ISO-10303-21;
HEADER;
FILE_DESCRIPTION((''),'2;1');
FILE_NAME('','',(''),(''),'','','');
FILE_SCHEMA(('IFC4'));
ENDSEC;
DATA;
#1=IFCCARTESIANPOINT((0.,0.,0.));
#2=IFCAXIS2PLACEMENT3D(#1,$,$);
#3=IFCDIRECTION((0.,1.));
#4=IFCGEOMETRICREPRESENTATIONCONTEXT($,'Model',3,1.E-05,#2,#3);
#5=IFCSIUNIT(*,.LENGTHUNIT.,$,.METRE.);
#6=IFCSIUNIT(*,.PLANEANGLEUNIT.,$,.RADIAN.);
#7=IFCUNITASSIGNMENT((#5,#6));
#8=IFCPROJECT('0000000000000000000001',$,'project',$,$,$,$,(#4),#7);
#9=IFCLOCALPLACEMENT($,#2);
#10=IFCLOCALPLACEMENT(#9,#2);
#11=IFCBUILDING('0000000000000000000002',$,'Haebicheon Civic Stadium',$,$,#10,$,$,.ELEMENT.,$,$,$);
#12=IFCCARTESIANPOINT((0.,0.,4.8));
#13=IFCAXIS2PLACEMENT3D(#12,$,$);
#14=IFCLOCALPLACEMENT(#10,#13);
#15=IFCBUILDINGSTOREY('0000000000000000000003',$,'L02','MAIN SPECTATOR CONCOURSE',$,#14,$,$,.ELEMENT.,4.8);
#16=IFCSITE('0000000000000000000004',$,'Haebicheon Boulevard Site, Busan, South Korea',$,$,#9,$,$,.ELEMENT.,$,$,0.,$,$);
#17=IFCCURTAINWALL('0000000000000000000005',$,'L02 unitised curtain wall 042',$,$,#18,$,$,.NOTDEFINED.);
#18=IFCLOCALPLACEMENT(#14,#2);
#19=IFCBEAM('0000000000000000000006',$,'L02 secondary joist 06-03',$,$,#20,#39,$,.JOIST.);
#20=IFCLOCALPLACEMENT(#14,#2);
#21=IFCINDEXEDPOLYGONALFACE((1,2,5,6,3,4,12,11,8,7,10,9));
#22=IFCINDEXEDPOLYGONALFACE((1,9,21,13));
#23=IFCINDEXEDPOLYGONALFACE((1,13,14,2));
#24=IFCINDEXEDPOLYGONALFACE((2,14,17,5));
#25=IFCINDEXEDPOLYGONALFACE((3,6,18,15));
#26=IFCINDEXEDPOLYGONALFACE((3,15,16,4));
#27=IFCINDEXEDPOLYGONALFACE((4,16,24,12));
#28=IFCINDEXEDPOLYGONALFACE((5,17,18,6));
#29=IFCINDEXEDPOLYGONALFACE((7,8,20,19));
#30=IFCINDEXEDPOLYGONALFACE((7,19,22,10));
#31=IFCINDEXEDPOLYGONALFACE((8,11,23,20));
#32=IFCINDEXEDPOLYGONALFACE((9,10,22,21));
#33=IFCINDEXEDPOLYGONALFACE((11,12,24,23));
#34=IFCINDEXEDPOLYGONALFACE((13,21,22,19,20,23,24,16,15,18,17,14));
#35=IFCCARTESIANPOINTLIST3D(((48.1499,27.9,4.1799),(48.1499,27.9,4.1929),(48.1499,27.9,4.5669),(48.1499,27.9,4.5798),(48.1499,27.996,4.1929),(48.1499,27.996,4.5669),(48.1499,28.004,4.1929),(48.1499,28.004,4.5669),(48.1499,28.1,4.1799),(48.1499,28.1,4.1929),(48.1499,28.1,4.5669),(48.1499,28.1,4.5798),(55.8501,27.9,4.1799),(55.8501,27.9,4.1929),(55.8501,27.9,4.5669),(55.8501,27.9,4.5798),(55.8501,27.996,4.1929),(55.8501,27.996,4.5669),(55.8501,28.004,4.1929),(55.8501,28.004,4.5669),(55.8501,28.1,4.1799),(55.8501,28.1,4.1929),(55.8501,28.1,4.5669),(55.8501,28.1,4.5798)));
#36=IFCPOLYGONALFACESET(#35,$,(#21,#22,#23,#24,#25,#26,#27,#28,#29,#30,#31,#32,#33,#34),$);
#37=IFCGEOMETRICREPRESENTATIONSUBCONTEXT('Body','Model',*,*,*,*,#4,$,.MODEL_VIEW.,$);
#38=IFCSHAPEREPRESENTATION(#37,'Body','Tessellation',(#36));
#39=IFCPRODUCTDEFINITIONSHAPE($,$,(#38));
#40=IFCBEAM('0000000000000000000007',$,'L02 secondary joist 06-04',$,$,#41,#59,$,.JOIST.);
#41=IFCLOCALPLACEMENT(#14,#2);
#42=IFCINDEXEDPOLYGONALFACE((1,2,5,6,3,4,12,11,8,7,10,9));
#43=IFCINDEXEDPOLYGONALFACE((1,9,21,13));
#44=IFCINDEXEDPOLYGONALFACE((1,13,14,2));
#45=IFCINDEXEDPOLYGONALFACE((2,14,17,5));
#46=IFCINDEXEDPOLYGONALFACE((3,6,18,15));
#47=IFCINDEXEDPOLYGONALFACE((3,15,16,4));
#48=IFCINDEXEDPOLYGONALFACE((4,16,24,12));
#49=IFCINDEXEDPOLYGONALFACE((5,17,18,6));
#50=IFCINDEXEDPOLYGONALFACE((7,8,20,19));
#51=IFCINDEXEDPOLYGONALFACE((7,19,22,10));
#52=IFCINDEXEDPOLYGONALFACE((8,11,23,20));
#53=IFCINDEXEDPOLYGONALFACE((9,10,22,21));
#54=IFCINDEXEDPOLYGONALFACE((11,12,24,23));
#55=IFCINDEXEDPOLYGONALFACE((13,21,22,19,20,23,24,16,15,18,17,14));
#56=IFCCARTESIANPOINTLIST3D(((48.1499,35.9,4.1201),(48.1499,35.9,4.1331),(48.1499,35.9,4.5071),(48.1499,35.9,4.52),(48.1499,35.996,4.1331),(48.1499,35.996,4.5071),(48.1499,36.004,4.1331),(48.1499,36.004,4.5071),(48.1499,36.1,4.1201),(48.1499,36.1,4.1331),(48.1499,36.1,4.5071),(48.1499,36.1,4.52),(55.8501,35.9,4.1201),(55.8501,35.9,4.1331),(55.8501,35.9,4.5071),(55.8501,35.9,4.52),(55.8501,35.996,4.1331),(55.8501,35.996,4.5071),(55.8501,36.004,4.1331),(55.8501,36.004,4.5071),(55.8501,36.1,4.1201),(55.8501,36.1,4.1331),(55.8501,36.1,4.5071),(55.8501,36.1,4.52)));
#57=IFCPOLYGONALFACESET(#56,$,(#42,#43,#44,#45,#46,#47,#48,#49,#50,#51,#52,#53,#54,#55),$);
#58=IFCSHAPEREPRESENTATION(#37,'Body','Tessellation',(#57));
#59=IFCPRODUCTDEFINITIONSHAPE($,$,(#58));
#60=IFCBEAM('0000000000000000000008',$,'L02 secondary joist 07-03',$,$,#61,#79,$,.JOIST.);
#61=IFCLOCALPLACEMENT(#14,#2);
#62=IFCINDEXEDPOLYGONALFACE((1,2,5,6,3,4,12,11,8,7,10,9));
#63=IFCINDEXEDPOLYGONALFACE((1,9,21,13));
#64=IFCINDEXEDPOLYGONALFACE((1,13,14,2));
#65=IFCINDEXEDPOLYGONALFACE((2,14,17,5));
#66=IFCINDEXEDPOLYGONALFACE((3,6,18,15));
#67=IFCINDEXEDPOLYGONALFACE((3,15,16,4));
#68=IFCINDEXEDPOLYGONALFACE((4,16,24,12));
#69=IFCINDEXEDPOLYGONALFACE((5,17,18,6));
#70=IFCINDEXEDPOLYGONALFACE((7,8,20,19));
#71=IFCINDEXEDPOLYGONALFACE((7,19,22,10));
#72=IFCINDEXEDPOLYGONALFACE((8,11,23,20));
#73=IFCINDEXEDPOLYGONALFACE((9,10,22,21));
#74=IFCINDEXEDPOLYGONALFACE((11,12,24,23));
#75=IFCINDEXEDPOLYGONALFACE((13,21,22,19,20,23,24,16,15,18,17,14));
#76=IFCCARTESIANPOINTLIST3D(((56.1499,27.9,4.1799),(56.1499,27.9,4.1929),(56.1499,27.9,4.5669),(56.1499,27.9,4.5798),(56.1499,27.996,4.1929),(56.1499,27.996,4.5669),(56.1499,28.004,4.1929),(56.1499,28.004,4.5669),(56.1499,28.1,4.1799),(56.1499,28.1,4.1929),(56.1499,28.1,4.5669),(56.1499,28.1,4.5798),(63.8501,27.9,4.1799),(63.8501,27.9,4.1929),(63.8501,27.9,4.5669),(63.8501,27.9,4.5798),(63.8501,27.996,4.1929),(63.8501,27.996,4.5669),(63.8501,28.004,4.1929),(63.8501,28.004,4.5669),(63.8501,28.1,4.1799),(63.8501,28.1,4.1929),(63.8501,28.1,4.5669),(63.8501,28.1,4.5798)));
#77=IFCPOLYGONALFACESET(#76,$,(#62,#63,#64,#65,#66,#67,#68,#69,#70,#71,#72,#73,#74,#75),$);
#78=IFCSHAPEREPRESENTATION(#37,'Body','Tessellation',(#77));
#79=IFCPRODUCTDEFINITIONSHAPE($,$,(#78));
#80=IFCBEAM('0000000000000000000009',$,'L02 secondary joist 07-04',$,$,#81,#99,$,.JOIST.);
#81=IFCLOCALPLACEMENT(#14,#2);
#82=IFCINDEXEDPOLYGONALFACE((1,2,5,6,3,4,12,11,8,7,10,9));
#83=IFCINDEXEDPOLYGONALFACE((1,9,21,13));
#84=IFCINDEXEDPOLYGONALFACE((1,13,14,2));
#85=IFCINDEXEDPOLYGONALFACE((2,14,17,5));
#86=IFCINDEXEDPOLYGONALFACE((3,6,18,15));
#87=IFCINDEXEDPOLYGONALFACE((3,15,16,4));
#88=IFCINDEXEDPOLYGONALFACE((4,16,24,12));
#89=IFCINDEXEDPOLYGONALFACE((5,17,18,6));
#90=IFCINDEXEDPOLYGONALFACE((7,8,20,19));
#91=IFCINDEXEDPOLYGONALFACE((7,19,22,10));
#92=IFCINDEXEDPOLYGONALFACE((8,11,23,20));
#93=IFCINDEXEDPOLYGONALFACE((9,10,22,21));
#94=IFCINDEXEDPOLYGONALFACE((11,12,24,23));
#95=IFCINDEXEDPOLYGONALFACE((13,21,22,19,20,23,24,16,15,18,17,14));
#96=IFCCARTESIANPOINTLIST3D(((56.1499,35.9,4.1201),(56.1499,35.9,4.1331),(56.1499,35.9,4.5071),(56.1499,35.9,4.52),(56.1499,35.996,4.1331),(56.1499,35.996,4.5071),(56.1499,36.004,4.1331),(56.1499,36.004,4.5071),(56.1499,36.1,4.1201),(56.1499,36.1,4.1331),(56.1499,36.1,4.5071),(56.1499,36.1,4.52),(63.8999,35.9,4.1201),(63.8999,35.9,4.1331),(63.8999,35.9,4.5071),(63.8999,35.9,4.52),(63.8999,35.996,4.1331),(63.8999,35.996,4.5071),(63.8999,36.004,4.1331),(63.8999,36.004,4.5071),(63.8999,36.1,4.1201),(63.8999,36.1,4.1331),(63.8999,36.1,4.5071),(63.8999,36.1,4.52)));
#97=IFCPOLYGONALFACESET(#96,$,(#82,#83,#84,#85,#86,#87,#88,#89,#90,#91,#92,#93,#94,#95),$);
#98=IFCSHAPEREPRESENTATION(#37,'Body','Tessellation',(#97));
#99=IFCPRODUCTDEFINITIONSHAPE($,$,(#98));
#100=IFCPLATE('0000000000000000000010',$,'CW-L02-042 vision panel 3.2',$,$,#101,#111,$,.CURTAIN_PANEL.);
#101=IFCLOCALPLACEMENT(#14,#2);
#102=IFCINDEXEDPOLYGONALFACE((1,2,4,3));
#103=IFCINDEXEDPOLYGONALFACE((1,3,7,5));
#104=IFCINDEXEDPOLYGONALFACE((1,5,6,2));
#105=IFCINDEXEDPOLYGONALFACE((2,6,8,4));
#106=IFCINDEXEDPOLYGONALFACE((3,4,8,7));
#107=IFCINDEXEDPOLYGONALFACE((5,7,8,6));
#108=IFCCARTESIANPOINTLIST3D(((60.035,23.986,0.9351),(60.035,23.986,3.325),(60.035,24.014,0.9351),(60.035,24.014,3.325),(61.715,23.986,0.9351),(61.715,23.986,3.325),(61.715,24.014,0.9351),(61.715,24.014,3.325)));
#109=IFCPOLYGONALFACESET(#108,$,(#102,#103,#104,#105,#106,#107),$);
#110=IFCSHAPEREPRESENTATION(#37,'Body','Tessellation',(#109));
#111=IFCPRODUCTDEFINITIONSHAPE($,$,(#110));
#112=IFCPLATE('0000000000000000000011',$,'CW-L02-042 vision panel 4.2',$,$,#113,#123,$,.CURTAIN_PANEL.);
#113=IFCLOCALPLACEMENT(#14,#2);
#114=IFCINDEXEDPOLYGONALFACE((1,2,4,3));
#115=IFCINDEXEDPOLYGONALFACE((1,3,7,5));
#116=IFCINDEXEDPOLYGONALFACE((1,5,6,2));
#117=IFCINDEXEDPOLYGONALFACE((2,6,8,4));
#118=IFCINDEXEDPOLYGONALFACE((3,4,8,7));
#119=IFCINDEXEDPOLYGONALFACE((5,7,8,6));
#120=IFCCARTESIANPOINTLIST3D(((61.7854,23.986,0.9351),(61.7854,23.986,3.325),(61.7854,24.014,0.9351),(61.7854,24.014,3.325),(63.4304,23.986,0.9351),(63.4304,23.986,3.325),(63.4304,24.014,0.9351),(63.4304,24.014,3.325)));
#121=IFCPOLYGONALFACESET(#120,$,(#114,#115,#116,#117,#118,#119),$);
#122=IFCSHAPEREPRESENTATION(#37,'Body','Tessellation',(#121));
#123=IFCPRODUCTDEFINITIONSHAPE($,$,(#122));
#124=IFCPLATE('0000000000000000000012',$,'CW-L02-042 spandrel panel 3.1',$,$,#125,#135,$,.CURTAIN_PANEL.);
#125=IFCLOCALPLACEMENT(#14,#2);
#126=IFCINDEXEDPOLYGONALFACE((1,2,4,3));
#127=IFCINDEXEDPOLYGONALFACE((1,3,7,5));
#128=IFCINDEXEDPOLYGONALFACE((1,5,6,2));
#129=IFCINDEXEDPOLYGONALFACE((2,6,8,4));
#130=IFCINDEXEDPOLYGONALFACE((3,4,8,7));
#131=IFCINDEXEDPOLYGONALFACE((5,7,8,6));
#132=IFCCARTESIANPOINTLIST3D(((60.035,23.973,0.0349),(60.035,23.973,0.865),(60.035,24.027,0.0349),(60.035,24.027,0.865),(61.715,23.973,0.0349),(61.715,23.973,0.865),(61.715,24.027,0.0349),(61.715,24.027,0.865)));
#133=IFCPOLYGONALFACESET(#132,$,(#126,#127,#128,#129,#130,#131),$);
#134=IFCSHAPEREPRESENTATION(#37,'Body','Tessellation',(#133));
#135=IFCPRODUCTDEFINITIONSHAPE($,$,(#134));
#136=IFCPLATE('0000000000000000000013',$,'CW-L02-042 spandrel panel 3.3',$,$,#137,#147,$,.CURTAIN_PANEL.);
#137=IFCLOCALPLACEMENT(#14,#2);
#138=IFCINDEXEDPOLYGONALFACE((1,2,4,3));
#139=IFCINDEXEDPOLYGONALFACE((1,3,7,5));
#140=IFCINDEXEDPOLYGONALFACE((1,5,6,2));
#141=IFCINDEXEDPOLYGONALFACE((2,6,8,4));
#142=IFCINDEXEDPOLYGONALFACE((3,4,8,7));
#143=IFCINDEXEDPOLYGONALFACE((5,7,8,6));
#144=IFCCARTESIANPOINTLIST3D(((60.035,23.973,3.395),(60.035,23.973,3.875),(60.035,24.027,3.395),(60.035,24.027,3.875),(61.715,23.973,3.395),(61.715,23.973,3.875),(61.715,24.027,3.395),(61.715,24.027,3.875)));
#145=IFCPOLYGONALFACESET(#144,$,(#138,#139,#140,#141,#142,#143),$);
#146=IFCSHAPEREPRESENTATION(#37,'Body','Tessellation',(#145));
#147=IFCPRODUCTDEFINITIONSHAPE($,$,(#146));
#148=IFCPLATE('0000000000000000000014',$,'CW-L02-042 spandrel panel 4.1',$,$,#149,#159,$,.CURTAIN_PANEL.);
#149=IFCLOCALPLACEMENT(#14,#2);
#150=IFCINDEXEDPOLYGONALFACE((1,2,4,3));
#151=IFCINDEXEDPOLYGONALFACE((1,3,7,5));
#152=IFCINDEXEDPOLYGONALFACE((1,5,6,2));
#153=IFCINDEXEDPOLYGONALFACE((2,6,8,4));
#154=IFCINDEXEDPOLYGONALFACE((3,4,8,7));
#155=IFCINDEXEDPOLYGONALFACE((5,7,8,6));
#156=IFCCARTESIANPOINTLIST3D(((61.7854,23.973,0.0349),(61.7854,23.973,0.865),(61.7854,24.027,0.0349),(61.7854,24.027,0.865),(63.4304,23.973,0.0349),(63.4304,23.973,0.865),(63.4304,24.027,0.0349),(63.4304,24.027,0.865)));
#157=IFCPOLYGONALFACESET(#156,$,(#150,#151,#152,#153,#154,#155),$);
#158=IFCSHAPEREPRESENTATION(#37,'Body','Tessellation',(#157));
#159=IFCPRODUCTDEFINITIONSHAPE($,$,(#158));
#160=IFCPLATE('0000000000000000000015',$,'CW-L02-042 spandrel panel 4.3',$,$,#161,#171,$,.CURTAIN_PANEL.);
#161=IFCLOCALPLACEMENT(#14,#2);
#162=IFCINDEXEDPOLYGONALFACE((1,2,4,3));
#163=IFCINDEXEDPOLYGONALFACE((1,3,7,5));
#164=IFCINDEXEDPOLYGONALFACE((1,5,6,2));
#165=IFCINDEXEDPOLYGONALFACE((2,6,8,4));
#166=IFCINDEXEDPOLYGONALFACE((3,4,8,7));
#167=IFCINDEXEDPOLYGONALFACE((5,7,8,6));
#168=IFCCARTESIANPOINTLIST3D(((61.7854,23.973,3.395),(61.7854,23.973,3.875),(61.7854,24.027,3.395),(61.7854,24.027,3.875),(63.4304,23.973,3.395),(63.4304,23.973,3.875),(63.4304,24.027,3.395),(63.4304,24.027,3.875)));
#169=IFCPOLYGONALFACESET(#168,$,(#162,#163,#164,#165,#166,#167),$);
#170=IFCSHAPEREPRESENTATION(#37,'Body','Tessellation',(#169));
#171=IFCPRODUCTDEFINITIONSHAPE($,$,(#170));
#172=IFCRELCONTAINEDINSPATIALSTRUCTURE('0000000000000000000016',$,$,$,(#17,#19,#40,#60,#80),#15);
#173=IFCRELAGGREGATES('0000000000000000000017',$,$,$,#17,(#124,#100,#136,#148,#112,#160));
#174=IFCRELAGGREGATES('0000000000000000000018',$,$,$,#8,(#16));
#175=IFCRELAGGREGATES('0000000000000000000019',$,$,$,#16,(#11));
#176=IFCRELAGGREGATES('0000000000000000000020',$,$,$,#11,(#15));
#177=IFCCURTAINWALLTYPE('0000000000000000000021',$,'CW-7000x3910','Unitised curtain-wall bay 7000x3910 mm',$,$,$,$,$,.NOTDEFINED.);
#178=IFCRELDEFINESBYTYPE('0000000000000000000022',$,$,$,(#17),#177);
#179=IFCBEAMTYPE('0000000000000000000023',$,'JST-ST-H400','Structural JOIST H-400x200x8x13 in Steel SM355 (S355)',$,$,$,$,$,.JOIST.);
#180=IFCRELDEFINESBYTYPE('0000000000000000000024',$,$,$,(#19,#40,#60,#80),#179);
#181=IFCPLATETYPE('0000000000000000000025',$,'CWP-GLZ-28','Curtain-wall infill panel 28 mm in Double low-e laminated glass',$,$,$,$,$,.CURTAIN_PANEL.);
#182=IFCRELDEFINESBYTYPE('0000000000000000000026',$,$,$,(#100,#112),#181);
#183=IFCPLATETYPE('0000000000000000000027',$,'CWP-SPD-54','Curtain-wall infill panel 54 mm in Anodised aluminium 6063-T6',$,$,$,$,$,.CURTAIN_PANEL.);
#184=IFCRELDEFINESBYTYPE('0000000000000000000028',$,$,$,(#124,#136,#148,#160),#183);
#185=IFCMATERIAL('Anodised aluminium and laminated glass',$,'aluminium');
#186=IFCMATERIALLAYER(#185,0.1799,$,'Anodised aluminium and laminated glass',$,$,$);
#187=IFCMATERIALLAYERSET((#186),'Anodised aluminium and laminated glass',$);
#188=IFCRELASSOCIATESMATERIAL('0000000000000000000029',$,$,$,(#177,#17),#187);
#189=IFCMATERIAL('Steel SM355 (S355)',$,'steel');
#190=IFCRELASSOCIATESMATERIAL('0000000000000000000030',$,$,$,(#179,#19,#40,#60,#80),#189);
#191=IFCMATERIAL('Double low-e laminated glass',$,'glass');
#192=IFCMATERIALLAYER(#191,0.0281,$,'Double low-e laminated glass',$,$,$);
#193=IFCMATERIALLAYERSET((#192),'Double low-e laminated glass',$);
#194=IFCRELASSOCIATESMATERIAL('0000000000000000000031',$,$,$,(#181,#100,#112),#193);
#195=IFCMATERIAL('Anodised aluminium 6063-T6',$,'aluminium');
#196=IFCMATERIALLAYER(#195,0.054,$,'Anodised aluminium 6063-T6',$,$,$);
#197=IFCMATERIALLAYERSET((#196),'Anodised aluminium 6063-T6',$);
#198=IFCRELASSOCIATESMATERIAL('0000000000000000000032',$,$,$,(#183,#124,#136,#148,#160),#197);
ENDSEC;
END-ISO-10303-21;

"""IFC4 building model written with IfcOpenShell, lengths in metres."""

from ifc_helpers import new_model, si_unit, direction, frame, origin, origin_2d, place, context, subcontext, project, spatial, rectangle, i_section, extrude, material, layer, layer_set, material_profile, profile_set, type_object, element, aggregate, save


model = new_model("IFC4")

# Units and contexts
model_context = context("Model", 3, precision=1e-05, world=origin(), true_north=direction((0.0, 1.0)))
body_context = subcontext(model_context, "Body", "Model", "MODEL_VIEW")
ifc_project = project(units=[si_unit("LENGTHUNIT", "METRE"), si_unit("PLANEANGLEUNIT", "RADIAN")], contexts=[model_context])

# Site, building, storey
site_placement = place(None, origin())
site = spatial("IfcSite", under=ifc_project, at=site_placement, Name="Haebicheon Boulevard Site, Busan, South Korea", CompositionType="ELEMENT", RefElevation=0.0)
building_placement = place(site_placement, origin())
building = spatial("IfcBuilding", under=site, at=building_placement, Name="Haebicheon Civic Stadium", CompositionType="ELEMENT")
storey_placement = place(building_placement, frame((0.0, 0.0, 4.8)))
storey = spatial("IfcBuildingStorey", under=building, at=storey_placement, Name="L02", Description="MAIN SPECTATOR CONCOURSE", CompositionType="ELEMENT", Elevation=4.8)

# Curtain wall
ifc_material_1 = material(Name="Anodised aluminium and laminated glass", Category="aluminium")
ifc_layer_1 = layer(ifc_material_1, 0.1799, Name="Anodised aluminium and laminated glass")
ifc_layer_set_1 = layer_set([ifc_layer_1], Name="Anodised aluminium and laminated glass")
curtain_wall_type = type_object("IfcCurtainWallType", Name="CW-7000x3910", Description="Unitised curtain-wall bay 7000x3910 mm", PredefinedType="NOTDEFINED", material=ifc_layer_set_1)
curtain_wall_placement = place(storey_placement, origin())
curtain_wall = element("IfcCurtainWall", 1, at=curtain_wall_placement, inside=storey, type_object=curtain_wall_type, material=ifc_layer_set_1, Name="L02 unitised curtain wall 042", PredefinedType="NOTDEFINED")

# Beams
ifc_material_2 = material(Name="Steel SM355 (S355)", Category="steel")
ifc_material_profile_1 = material_profile(ifc_material_2, i_section(OverallWidth=0.2, OverallDepth=0.3999, WebThickness=0.0081, FlangeThickness=0.0129, at=origin_2d()), Name="H-400x200x8x13")
ifc_profile_set_1 = profile_set([ifc_material_profile_1], Name="Steel SM355 (S355)")
beam_type_1 = type_object("IfcBeamType", Name="JST-ST-H400", Description="Structural JOIST H-400x200x8x13 in Steel SM355 (S355)", PredefinedType="JOIST", material=ifc_profile_set_1)
for number, where, z_axis, x_axis, name in (
    (2, (48.1499, 28.0, 4.3799), (1.0, 0.0, 0.0), (0.0, 1.0, 0.0), "L02 secondary joist 06-03"),
    (3, (48.1499, 36.0, 4.3201), (1.0, 0.0, 0.0), (0.0, 1.0, 0.0), "L02 secondary joist 06-04"),
    (4, (56.1499, 28.0, 4.3799), (1.0, 0.0, 0.0), (0.0, 1.0, 0.0), "L02 secondary joist 07-03"),
):
    element("IfcBeam", number, at=place(storey_placement, frame(where, z_axis=z_axis, x_axis=x_axis)), inside=storey, type_object=beam_type_1, material=ifc_profile_set_1, Name=name, PredefinedType="JOIST", context=body_context, shape_type="SweptSolid", body=[
        extrude(i_section(OverallWidth=0.2, OverallDepth=0.3999, WebThickness=0.0081, FlangeThickness=0.0129, at=origin_2d()), origin(), (0.0, 0.0, 1.0), 7.7002),
    ])
beam_placement = place(storey_placement, frame((56.1499, 36.0, 4.3201), z_axis=(1.0, 0.0, 0.0), x_axis=(0.0, 1.0, 0.0)))
element("IfcBeam", 5, at=beam_placement, inside=storey, type_object=beam_type_1, material=ifc_profile_set_1, Name="L02 secondary joist 07-04", PredefinedType="JOIST", context=body_context, shape_type="SweptSolid", body=[
    extrude(i_section(OverallWidth=0.2, OverallDepth=0.3999, WebThickness=0.0081, FlangeThickness=0.0129, at=origin_2d()), origin(), (0.0, 0.0, 1.0), 7.75),
])

# Plates
ifc_material_3 = material(Name="Double low-e laminated glass", Category="glass")
ifc_layer_2 = layer(ifc_material_3, 0.0281, Name="Double low-e laminated glass")
ifc_layer_set_2 = layer_set([ifc_layer_2], Name="Double low-e laminated glass")
plate_type_1 = type_object("IfcPlateType", Name="CWP-GLZ-28", Description="Curtain-wall infill panel 28 mm in Double low-e laminated glass", PredefinedType="CURTAIN_PANEL", material=ifc_layer_set_2)
plate_1_placement = place(storey_placement, frame((60.875, 24.0, 0.9351), z_axis=(0.0, 0.0, 1.0), x_axis=(1.0, 0.0, 0.0)))
plate_1 = element("IfcPlate", 6, at=plate_1_placement, type_object=plate_type_1, material=ifc_layer_set_2, Name="CW-L02-042 vision panel 3.2", PredefinedType="CURTAIN_PANEL", context=body_context, shape_type="SweptSolid", body=[
    extrude(rectangle(XDim=1.6799, YDim=0.0281, at=origin_2d()), origin(), (0.0, 0.0, 1.0), 2.3899),
])
plate_2_placement = place(storey_placement, frame((62.6079, 24.0, 0.9351), z_axis=(0.0, 0.0, 1.0), x_axis=(1.0, 0.0, 0.0)))
plate_2 = element("IfcPlate", 7, at=plate_2_placement, type_object=plate_type_1, material=ifc_layer_set_2, Name="CW-L02-042 vision panel 4.2", PredefinedType="CURTAIN_PANEL", context=body_context, shape_type="SweptSolid", body=[
    extrude(rectangle(XDim=1.645, YDim=0.0281, at=origin_2d()), origin(), (0.0, 0.0, 1.0), 2.3899),
])
ifc_material_4 = material(Name="Anodised aluminium 6063-T6", Category="aluminium")
ifc_layer_3 = layer(ifc_material_4, 0.054, Name="Anodised aluminium 6063-T6")
ifc_layer_set_3 = layer_set([ifc_layer_3], Name="Anodised aluminium 6063-T6")
plate_type_2 = type_object("IfcPlateType", Name="CWP-SPD-54", Description="Curtain-wall infill panel 54 mm in Anodised aluminium 6063-T6", PredefinedType="CURTAIN_PANEL", material=ifc_layer_set_3)
plate_3_placement = place(storey_placement, frame((60.875, 24.0, 0.0349), z_axis=(0.0, 0.0, 1.0), x_axis=(1.0, 0.0, 0.0)))
plate_3 = element("IfcPlate", 8, at=plate_3_placement, type_object=plate_type_2, material=ifc_layer_set_3, Name="CW-L02-042 spandrel panel 3.1", PredefinedType="CURTAIN_PANEL", context=body_context, shape_type="SweptSolid", body=[
    extrude(rectangle(XDim=1.6799, YDim=0.054, at=origin_2d()), origin(), (0.0, 0.0, 1.0), 0.8301),
])
plate_4_placement = place(storey_placement, frame((60.875, 24.0, 3.395), z_axis=(0.0, 0.0, 1.0), x_axis=(1.0, 0.0, 0.0)))
plate_4 = element("IfcPlate", 9, at=plate_4_placement, type_object=plate_type_2, material=ifc_layer_set_3, Name="CW-L02-042 spandrel panel 3.3", PredefinedType="CURTAIN_PANEL", context=body_context, shape_type="SweptSolid", body=[
    extrude(rectangle(XDim=1.6799, YDim=0.054, at=origin_2d()), origin(), (0.0, 0.0, 1.0), 0.48),
])
plate_5_placement = place(storey_placement, frame((62.6079, 24.0, 0.0349), z_axis=(0.0, 0.0, 1.0), x_axis=(1.0, 0.0, 0.0)))
plate_5 = element("IfcPlate", 10, at=plate_5_placement, type_object=plate_type_2, material=ifc_layer_set_3, Name="CW-L02-042 spandrel panel 4.1", PredefinedType="CURTAIN_PANEL", context=body_context, shape_type="SweptSolid", body=[
    extrude(rectangle(XDim=1.645, YDim=0.054, at=origin_2d()), origin(), (0.0, 0.0, 1.0), 0.8301),
])
plate_6_placement = place(storey_placement, frame((62.6079, 24.0, 3.395), z_axis=(0.0, 0.0, 1.0), x_axis=(1.0, 0.0, 0.0)))
plate_6 = element("IfcPlate", 11, at=plate_6_placement, type_object=plate_type_2, material=ifc_layer_set_3, Name="CW-L02-042 spandrel panel 4.3", PredefinedType="CURTAIN_PANEL", context=body_context, shape_type="SweptSolid", body=[
    extrude(rectangle(XDim=1.645, YDim=0.054, at=origin_2d()), origin(), (0.0, 0.0, 1.0), 0.48),
])
aggregate(curtain_wall, [plate_3, plate_1, plate_4, plate_5, plate_2, plate_6])

save(model, "model.ifc")
